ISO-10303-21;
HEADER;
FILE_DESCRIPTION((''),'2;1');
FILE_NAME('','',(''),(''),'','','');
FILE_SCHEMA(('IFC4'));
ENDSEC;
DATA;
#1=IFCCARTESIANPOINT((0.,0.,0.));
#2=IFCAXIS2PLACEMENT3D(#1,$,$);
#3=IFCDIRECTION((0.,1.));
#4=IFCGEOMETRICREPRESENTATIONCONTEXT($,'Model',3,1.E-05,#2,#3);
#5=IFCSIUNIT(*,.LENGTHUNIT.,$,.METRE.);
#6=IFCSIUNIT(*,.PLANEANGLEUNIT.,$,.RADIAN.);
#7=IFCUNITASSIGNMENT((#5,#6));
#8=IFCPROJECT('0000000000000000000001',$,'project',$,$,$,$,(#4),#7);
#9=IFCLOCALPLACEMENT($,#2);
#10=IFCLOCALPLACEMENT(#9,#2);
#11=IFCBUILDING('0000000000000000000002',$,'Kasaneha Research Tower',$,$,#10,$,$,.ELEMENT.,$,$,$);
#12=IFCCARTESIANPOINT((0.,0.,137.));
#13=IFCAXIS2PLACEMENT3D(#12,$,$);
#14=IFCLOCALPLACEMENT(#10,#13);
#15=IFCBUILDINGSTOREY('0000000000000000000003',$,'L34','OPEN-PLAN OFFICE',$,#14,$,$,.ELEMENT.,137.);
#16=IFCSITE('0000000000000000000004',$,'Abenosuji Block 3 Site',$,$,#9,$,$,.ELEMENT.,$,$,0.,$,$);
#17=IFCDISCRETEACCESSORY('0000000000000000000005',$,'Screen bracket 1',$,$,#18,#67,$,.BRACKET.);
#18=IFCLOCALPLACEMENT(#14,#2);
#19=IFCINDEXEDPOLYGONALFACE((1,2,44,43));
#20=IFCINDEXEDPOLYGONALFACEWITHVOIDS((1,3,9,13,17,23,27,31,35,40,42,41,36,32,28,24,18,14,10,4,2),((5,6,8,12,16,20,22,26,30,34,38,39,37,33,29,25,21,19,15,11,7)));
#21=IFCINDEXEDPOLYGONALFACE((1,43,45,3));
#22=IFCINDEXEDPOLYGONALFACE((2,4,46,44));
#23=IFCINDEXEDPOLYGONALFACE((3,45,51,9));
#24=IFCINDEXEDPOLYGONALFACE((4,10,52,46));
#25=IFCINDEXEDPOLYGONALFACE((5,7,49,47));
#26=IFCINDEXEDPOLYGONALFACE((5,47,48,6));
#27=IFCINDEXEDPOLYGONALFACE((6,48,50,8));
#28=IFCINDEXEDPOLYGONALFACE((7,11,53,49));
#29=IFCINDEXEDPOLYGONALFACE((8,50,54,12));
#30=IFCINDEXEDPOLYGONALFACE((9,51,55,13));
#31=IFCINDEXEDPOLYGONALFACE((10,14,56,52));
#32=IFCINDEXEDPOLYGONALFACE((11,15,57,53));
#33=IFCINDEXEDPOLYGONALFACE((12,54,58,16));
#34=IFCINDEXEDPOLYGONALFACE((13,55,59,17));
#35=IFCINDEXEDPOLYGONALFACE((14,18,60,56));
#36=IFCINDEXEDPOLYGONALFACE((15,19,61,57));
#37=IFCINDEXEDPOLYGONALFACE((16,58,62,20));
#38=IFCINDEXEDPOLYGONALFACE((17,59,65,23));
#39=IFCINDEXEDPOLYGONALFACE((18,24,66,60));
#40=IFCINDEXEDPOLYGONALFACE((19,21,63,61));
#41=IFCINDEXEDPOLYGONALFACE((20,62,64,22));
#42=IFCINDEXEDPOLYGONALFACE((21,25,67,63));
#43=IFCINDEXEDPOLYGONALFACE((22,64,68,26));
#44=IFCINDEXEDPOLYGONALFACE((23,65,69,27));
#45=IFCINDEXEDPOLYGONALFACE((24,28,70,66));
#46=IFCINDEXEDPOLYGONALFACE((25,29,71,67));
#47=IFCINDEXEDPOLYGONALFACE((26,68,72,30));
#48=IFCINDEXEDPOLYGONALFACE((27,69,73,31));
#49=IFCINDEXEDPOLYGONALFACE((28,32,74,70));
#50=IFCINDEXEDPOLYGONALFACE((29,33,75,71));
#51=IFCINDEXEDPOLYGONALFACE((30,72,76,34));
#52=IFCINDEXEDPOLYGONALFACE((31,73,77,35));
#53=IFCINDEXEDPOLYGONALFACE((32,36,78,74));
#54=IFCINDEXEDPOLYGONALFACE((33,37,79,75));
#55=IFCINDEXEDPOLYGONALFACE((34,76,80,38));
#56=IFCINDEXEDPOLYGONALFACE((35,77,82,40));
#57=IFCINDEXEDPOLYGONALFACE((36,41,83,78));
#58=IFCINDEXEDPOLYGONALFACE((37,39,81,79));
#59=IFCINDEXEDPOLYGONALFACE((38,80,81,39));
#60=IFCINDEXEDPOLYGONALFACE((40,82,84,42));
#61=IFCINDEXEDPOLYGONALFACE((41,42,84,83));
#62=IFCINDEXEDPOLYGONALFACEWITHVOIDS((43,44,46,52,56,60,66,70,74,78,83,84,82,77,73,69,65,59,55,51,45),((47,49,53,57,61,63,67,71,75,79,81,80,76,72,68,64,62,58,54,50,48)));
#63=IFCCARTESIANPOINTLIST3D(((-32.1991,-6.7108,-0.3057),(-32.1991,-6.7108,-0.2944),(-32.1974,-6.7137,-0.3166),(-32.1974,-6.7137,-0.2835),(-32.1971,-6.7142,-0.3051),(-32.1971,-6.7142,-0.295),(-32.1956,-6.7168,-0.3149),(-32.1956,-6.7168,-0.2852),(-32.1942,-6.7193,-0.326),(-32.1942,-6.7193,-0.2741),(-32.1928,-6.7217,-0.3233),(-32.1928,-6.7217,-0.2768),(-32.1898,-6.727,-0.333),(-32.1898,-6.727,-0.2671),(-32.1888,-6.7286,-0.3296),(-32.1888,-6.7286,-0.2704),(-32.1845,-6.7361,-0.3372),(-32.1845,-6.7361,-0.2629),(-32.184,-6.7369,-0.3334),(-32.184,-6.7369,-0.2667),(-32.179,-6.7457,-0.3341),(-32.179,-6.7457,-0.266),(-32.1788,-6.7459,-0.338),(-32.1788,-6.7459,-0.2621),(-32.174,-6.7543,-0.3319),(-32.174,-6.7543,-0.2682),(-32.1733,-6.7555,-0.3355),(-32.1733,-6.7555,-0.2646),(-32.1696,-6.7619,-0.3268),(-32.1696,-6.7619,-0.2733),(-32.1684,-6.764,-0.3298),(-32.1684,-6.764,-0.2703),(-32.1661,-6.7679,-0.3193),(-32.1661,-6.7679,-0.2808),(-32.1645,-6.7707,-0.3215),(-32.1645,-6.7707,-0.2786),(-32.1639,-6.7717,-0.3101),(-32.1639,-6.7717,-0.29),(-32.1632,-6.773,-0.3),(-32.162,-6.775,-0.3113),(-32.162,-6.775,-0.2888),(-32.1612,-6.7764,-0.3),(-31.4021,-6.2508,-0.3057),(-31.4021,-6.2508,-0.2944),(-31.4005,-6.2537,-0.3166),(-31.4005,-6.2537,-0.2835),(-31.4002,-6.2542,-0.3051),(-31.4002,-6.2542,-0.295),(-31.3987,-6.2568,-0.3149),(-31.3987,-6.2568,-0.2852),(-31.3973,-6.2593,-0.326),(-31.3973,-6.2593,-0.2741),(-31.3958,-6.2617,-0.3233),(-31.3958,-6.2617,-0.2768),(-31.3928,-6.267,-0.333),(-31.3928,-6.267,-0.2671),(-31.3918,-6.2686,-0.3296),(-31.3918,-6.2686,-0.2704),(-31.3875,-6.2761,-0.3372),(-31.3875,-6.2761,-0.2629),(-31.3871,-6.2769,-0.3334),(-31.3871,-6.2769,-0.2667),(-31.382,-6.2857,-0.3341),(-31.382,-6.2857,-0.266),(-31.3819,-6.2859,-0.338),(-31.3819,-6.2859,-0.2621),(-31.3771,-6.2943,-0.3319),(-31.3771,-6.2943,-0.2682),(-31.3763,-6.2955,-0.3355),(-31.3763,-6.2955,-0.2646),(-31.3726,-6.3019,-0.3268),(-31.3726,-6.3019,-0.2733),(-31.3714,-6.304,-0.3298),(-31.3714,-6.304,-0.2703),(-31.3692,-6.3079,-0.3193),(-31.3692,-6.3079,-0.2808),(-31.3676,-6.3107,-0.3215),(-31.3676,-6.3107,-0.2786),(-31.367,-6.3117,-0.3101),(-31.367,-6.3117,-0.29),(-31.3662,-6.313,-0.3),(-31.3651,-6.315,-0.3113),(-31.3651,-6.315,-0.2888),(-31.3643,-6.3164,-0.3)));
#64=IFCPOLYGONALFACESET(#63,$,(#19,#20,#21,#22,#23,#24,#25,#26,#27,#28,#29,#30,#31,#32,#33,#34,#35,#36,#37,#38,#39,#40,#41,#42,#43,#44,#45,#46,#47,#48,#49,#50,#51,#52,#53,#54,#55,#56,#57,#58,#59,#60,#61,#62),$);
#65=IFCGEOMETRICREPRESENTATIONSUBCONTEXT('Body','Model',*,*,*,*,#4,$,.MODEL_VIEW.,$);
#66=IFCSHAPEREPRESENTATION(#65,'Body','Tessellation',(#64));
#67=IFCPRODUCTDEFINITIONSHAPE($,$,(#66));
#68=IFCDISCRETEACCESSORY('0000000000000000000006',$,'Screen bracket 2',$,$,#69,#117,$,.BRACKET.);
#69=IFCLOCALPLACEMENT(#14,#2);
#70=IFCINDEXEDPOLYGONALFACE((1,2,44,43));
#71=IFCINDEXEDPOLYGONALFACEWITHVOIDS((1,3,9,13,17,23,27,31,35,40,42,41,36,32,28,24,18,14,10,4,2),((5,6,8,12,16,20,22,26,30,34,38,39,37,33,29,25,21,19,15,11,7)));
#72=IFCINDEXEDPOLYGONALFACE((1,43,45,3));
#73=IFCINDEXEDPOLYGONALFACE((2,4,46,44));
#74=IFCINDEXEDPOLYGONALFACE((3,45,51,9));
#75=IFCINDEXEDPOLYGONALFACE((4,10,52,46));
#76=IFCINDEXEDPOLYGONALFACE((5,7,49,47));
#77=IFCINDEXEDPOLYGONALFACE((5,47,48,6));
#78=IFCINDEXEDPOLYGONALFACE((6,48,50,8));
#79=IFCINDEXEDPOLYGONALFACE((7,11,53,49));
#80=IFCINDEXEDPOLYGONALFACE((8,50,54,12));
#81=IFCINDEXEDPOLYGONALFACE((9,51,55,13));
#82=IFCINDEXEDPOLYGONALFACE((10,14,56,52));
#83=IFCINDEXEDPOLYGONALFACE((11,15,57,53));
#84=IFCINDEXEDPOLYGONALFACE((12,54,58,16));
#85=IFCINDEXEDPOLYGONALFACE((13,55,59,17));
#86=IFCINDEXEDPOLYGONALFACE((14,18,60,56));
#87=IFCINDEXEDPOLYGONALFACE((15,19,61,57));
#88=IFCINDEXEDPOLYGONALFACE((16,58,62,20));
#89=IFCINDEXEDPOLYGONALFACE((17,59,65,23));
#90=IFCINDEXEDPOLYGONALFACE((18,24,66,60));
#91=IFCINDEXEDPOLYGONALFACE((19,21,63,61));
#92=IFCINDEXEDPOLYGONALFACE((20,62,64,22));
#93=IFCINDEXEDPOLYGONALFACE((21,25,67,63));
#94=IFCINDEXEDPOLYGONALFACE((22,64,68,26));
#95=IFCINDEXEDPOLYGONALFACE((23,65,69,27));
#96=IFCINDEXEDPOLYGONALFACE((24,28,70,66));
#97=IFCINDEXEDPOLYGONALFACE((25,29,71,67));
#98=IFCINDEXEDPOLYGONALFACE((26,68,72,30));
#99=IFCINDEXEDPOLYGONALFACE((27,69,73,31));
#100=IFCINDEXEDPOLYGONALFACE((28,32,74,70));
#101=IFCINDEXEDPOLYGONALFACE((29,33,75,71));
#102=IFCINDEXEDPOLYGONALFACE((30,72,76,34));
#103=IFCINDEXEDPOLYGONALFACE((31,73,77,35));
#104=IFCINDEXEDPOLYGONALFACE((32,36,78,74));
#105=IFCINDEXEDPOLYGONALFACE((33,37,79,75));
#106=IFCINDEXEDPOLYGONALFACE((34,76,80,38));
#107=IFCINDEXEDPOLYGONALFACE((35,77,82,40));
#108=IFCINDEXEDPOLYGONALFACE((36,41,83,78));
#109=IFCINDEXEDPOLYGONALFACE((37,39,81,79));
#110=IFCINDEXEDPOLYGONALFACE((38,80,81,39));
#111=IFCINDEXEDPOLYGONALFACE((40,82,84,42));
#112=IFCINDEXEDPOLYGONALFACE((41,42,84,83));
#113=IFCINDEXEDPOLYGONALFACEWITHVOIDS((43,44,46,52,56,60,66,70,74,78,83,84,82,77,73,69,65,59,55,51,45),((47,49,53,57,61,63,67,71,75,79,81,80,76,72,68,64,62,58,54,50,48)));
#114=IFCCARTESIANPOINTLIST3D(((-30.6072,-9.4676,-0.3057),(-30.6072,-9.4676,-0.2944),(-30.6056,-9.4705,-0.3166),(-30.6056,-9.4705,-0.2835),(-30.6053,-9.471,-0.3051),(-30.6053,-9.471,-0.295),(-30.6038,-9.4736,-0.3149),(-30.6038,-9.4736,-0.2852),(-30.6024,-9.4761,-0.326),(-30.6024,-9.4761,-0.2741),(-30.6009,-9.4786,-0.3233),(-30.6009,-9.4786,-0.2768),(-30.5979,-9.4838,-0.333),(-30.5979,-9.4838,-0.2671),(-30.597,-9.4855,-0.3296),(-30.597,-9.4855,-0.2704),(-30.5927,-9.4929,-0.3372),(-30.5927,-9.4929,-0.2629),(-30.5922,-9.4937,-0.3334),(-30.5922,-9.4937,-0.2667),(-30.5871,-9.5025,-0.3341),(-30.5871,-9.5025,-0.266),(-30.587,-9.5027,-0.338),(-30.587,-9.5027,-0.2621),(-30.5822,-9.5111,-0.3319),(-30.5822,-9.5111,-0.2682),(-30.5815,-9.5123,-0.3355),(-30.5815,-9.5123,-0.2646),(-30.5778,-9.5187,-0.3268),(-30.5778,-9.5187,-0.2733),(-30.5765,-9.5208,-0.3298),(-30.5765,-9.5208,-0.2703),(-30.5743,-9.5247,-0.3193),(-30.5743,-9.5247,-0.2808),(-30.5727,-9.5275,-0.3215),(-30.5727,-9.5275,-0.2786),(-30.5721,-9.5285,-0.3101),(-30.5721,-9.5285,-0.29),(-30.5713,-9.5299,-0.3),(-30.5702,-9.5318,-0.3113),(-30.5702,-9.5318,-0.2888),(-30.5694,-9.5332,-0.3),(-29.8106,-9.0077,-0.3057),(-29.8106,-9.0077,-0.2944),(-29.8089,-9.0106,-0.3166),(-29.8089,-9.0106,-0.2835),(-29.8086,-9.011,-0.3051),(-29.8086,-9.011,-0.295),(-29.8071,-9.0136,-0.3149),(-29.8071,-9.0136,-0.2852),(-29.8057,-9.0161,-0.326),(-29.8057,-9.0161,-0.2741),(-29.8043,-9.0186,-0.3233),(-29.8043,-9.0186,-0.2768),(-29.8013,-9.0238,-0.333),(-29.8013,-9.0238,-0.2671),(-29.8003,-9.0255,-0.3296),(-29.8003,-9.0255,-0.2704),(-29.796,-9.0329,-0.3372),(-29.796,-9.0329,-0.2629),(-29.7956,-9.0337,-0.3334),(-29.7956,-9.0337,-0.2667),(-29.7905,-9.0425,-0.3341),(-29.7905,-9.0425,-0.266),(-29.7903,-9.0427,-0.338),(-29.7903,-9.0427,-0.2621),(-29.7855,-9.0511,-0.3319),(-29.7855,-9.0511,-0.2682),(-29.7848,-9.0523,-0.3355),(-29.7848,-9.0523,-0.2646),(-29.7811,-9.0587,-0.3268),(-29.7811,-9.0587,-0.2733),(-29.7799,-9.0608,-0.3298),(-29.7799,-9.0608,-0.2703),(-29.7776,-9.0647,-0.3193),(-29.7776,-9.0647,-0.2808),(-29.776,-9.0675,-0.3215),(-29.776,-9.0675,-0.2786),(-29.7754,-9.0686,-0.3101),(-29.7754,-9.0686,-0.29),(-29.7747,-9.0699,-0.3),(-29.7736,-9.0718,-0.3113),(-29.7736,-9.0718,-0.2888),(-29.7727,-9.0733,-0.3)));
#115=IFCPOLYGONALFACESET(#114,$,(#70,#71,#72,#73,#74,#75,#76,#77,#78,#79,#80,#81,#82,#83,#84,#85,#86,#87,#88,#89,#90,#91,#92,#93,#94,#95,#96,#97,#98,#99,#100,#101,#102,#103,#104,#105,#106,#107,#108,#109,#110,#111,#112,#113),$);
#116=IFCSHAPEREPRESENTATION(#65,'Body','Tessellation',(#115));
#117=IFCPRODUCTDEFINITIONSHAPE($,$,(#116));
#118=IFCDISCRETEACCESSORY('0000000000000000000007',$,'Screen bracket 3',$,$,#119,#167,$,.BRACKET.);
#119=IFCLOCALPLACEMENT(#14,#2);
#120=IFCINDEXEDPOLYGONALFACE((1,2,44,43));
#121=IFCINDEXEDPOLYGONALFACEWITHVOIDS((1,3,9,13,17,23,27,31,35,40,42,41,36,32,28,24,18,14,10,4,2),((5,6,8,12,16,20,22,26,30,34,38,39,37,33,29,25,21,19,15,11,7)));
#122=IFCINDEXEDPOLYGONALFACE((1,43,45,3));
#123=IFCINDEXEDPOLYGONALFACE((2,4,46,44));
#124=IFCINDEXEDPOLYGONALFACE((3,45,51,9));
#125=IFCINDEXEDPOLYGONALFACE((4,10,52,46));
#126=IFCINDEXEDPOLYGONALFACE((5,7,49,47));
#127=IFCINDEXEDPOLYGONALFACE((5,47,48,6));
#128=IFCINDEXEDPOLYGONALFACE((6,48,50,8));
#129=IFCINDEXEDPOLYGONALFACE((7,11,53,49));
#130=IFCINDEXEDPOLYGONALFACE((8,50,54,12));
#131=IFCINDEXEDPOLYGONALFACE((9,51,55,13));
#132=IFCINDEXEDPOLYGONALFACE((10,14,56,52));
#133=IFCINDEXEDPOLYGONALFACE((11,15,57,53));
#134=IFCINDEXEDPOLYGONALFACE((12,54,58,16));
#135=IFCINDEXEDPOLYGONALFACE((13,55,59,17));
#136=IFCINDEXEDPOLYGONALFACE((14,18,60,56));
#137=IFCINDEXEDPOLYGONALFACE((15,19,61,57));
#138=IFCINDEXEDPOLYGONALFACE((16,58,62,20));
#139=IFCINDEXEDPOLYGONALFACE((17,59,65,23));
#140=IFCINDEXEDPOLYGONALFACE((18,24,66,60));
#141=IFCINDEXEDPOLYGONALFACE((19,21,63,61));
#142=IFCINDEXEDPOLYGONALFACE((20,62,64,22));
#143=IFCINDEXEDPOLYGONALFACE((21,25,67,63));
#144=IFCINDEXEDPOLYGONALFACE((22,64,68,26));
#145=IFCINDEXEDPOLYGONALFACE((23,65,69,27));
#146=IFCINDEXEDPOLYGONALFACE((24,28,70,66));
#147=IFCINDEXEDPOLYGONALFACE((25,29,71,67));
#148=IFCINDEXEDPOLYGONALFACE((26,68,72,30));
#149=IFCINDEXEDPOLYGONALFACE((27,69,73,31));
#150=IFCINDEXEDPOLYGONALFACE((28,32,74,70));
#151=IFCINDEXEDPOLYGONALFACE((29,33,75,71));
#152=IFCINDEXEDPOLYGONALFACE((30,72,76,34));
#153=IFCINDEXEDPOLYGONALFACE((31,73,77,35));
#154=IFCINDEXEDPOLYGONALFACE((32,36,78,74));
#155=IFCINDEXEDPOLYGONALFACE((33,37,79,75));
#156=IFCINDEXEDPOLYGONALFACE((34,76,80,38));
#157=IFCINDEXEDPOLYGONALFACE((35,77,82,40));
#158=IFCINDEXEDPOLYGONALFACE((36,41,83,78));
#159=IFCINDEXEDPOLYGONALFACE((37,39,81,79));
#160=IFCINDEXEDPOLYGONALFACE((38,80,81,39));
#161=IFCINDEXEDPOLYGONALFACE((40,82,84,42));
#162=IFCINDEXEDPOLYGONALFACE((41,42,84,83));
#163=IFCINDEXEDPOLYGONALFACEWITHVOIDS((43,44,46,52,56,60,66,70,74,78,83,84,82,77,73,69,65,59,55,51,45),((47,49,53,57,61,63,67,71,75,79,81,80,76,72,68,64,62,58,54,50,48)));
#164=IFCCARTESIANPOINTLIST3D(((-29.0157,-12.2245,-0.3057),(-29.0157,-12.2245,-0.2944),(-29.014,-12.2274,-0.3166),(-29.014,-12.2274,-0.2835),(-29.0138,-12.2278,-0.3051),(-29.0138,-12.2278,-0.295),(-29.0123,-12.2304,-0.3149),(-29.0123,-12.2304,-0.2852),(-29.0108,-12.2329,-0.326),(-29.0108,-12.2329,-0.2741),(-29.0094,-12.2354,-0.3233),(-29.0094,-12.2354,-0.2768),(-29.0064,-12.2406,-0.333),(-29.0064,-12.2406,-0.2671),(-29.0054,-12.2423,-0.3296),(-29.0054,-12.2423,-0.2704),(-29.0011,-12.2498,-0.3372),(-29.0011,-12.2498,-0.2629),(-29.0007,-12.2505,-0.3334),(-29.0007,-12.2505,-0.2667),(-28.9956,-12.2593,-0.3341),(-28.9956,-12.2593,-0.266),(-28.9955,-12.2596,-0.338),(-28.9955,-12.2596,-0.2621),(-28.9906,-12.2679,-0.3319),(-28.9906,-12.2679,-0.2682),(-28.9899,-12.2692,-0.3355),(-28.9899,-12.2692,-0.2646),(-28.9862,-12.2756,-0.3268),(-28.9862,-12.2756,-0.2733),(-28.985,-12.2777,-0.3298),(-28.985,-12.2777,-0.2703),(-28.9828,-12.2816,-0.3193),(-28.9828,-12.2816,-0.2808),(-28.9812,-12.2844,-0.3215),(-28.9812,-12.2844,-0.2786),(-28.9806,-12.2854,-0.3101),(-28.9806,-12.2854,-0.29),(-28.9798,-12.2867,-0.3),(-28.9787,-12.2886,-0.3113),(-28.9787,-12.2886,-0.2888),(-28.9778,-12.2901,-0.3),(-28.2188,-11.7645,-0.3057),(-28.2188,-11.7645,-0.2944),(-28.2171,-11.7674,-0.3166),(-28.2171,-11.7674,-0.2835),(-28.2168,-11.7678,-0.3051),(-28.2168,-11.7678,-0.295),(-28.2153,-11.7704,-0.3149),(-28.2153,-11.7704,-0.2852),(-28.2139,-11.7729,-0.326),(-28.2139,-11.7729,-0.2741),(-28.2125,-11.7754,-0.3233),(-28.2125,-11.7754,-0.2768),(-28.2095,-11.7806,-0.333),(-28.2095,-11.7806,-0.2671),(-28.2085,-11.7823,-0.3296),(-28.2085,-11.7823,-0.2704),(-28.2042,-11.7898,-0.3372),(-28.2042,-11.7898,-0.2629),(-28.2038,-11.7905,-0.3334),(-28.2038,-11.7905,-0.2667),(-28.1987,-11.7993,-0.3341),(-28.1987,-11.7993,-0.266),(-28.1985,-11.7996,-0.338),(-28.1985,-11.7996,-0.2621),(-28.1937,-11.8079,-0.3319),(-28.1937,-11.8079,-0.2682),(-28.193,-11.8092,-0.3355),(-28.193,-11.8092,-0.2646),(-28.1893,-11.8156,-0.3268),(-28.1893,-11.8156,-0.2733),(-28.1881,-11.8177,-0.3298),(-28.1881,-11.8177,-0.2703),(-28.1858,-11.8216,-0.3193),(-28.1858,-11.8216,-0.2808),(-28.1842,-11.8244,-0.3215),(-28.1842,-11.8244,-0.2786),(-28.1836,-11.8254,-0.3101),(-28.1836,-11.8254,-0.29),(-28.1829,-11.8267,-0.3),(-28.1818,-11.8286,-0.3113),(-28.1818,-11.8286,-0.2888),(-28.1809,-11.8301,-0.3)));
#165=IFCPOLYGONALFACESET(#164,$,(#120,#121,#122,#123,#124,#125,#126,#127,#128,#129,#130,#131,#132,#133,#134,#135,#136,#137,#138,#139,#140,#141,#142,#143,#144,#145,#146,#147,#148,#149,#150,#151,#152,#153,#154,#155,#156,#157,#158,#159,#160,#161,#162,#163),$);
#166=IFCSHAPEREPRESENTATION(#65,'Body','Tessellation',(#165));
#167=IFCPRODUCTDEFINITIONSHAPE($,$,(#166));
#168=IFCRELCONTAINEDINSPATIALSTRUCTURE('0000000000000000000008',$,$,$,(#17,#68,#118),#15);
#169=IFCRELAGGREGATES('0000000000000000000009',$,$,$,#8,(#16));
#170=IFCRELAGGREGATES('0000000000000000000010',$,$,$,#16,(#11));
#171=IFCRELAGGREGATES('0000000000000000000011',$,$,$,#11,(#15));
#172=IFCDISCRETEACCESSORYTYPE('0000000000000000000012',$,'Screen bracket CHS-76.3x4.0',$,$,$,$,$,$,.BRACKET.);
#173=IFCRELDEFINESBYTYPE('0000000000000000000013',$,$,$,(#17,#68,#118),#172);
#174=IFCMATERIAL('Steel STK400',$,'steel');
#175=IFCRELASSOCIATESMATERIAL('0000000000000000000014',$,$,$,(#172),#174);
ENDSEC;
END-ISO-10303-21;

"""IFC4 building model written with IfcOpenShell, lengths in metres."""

from ifc_helpers import new_model, si_unit, direction, frame, origin, origin_2d, place, context, subcontext, project, spatial, hollow_circle, extrude, material, material_profile, profile_set, type_object, element, save


model = new_model("IFC4")

# Units and contexts
model_context = context("Model", 3, precision=1e-05, world=origin(), true_north=direction((0.0, 1.0)))
body_context = subcontext(model_context, "Body", "Model", "MODEL_VIEW")
ifc_project = project(units=[si_unit("LENGTHUNIT", "METRE"), si_unit("PLANEANGLEUNIT", "RADIAN")], contexts=[model_context])

# Site, building, storey
site_placement = place(None, origin())
site = spatial("IfcSite", under=ifc_project, at=site_placement, Name="Abenosuji Block 3 Site", CompositionType="ELEMENT", RefElevation=0.0)
building_placement = place(site_placement, origin())
building = spatial("IfcBuilding", under=site, at=building_placement, Name="Kasaneha Research Tower", CompositionType="ELEMENT")
storey_placement = place(building_placement, frame((0.0, 0.0, 137.0)))
storey = spatial("IfcBuildingStorey", under=building, at=storey_placement, Name="L34", Description="OPEN-PLAN OFFICE", CompositionType="ELEMENT", Elevation=137.0)

# Discrete accessories
ifc_material_1 = material(Name="Steel STK400", Category="steel")
ifc_material_profile_1 = material_profile(ifc_material_1, hollow_circle(Radius=0.0381, WallThickness=0.0039, at=origin_2d()), Name="CHS-76.3x4.0")
ifc_profile_set_1 = profile_set([ifc_material_profile_1], Name="Steel STK400")
discrete_accessory_type = type_object("IfcDiscreteAccessoryType", Name="Screen bracket CHS-76.3x4.0", PredefinedType="BRACKET", material=ifc_profile_set_1)
discrete_accessory_1_placement = place(storey_placement, frame((-31.3833, -6.2834, -0.3), z_axis=(-0.86608, -0.499906, 0.0), x_axis=(0.499906, -0.86608, 0.0)))
element("IfcDiscreteAccessory", 1, at=discrete_accessory_1_placement, inside=storey, type_object=discrete_accessory_type, Name="Screen bracket 1", PredefinedType="BRACKET", context=body_context, shape_type="SweptSolid", body=[
    extrude(hollow_circle(Radius=0.0381, WallThickness=0.0039, at=origin_2d()), origin(), (0.0, 0.0, 1.0), 0.9202),
])
discrete_accessory_2_placement = place(storey_placement, frame((-29.7917, -9.0403, -0.3), z_axis=(-0.866013, -0.500021, 0.0), x_axis=(0.500021, -0.866013, 0.0)))
element("IfcDiscreteAccessory", 2, at=discrete_accessory_2_placement, inside=storey, type_object=discrete_accessory_type, Name="Screen bracket 2", PredefinedType="BRACKET", context=body_context, shape_type="SweptSolid", body=[
    extrude(hollow_circle(Radius=0.0381, WallThickness=0.0039, at=origin_2d()), origin(), (0.0, 0.0, 1.0), 0.9199),
])
discrete_accessory_3_placement = place(storey_placement, frame((-28.2, -11.7971, -0.3), z_axis=(-0.86608, -0.499906, 0.0), x_axis=(0.499906, -0.86608, 0.0)))
element("IfcDiscreteAccessory", 3, at=discrete_accessory_3_placement, inside=storey, type_object=discrete_accessory_type, Name="Screen bracket 3", PredefinedType="BRACKET", context=body_context, shape_type="SweptSolid", body=[
    extrude(hollow_circle(Radius=0.0381, WallThickness=0.0039, at=origin_2d()), origin(), (0.0, 0.0, 1.0), 0.9202),
])

save(model, "model.ifc")
